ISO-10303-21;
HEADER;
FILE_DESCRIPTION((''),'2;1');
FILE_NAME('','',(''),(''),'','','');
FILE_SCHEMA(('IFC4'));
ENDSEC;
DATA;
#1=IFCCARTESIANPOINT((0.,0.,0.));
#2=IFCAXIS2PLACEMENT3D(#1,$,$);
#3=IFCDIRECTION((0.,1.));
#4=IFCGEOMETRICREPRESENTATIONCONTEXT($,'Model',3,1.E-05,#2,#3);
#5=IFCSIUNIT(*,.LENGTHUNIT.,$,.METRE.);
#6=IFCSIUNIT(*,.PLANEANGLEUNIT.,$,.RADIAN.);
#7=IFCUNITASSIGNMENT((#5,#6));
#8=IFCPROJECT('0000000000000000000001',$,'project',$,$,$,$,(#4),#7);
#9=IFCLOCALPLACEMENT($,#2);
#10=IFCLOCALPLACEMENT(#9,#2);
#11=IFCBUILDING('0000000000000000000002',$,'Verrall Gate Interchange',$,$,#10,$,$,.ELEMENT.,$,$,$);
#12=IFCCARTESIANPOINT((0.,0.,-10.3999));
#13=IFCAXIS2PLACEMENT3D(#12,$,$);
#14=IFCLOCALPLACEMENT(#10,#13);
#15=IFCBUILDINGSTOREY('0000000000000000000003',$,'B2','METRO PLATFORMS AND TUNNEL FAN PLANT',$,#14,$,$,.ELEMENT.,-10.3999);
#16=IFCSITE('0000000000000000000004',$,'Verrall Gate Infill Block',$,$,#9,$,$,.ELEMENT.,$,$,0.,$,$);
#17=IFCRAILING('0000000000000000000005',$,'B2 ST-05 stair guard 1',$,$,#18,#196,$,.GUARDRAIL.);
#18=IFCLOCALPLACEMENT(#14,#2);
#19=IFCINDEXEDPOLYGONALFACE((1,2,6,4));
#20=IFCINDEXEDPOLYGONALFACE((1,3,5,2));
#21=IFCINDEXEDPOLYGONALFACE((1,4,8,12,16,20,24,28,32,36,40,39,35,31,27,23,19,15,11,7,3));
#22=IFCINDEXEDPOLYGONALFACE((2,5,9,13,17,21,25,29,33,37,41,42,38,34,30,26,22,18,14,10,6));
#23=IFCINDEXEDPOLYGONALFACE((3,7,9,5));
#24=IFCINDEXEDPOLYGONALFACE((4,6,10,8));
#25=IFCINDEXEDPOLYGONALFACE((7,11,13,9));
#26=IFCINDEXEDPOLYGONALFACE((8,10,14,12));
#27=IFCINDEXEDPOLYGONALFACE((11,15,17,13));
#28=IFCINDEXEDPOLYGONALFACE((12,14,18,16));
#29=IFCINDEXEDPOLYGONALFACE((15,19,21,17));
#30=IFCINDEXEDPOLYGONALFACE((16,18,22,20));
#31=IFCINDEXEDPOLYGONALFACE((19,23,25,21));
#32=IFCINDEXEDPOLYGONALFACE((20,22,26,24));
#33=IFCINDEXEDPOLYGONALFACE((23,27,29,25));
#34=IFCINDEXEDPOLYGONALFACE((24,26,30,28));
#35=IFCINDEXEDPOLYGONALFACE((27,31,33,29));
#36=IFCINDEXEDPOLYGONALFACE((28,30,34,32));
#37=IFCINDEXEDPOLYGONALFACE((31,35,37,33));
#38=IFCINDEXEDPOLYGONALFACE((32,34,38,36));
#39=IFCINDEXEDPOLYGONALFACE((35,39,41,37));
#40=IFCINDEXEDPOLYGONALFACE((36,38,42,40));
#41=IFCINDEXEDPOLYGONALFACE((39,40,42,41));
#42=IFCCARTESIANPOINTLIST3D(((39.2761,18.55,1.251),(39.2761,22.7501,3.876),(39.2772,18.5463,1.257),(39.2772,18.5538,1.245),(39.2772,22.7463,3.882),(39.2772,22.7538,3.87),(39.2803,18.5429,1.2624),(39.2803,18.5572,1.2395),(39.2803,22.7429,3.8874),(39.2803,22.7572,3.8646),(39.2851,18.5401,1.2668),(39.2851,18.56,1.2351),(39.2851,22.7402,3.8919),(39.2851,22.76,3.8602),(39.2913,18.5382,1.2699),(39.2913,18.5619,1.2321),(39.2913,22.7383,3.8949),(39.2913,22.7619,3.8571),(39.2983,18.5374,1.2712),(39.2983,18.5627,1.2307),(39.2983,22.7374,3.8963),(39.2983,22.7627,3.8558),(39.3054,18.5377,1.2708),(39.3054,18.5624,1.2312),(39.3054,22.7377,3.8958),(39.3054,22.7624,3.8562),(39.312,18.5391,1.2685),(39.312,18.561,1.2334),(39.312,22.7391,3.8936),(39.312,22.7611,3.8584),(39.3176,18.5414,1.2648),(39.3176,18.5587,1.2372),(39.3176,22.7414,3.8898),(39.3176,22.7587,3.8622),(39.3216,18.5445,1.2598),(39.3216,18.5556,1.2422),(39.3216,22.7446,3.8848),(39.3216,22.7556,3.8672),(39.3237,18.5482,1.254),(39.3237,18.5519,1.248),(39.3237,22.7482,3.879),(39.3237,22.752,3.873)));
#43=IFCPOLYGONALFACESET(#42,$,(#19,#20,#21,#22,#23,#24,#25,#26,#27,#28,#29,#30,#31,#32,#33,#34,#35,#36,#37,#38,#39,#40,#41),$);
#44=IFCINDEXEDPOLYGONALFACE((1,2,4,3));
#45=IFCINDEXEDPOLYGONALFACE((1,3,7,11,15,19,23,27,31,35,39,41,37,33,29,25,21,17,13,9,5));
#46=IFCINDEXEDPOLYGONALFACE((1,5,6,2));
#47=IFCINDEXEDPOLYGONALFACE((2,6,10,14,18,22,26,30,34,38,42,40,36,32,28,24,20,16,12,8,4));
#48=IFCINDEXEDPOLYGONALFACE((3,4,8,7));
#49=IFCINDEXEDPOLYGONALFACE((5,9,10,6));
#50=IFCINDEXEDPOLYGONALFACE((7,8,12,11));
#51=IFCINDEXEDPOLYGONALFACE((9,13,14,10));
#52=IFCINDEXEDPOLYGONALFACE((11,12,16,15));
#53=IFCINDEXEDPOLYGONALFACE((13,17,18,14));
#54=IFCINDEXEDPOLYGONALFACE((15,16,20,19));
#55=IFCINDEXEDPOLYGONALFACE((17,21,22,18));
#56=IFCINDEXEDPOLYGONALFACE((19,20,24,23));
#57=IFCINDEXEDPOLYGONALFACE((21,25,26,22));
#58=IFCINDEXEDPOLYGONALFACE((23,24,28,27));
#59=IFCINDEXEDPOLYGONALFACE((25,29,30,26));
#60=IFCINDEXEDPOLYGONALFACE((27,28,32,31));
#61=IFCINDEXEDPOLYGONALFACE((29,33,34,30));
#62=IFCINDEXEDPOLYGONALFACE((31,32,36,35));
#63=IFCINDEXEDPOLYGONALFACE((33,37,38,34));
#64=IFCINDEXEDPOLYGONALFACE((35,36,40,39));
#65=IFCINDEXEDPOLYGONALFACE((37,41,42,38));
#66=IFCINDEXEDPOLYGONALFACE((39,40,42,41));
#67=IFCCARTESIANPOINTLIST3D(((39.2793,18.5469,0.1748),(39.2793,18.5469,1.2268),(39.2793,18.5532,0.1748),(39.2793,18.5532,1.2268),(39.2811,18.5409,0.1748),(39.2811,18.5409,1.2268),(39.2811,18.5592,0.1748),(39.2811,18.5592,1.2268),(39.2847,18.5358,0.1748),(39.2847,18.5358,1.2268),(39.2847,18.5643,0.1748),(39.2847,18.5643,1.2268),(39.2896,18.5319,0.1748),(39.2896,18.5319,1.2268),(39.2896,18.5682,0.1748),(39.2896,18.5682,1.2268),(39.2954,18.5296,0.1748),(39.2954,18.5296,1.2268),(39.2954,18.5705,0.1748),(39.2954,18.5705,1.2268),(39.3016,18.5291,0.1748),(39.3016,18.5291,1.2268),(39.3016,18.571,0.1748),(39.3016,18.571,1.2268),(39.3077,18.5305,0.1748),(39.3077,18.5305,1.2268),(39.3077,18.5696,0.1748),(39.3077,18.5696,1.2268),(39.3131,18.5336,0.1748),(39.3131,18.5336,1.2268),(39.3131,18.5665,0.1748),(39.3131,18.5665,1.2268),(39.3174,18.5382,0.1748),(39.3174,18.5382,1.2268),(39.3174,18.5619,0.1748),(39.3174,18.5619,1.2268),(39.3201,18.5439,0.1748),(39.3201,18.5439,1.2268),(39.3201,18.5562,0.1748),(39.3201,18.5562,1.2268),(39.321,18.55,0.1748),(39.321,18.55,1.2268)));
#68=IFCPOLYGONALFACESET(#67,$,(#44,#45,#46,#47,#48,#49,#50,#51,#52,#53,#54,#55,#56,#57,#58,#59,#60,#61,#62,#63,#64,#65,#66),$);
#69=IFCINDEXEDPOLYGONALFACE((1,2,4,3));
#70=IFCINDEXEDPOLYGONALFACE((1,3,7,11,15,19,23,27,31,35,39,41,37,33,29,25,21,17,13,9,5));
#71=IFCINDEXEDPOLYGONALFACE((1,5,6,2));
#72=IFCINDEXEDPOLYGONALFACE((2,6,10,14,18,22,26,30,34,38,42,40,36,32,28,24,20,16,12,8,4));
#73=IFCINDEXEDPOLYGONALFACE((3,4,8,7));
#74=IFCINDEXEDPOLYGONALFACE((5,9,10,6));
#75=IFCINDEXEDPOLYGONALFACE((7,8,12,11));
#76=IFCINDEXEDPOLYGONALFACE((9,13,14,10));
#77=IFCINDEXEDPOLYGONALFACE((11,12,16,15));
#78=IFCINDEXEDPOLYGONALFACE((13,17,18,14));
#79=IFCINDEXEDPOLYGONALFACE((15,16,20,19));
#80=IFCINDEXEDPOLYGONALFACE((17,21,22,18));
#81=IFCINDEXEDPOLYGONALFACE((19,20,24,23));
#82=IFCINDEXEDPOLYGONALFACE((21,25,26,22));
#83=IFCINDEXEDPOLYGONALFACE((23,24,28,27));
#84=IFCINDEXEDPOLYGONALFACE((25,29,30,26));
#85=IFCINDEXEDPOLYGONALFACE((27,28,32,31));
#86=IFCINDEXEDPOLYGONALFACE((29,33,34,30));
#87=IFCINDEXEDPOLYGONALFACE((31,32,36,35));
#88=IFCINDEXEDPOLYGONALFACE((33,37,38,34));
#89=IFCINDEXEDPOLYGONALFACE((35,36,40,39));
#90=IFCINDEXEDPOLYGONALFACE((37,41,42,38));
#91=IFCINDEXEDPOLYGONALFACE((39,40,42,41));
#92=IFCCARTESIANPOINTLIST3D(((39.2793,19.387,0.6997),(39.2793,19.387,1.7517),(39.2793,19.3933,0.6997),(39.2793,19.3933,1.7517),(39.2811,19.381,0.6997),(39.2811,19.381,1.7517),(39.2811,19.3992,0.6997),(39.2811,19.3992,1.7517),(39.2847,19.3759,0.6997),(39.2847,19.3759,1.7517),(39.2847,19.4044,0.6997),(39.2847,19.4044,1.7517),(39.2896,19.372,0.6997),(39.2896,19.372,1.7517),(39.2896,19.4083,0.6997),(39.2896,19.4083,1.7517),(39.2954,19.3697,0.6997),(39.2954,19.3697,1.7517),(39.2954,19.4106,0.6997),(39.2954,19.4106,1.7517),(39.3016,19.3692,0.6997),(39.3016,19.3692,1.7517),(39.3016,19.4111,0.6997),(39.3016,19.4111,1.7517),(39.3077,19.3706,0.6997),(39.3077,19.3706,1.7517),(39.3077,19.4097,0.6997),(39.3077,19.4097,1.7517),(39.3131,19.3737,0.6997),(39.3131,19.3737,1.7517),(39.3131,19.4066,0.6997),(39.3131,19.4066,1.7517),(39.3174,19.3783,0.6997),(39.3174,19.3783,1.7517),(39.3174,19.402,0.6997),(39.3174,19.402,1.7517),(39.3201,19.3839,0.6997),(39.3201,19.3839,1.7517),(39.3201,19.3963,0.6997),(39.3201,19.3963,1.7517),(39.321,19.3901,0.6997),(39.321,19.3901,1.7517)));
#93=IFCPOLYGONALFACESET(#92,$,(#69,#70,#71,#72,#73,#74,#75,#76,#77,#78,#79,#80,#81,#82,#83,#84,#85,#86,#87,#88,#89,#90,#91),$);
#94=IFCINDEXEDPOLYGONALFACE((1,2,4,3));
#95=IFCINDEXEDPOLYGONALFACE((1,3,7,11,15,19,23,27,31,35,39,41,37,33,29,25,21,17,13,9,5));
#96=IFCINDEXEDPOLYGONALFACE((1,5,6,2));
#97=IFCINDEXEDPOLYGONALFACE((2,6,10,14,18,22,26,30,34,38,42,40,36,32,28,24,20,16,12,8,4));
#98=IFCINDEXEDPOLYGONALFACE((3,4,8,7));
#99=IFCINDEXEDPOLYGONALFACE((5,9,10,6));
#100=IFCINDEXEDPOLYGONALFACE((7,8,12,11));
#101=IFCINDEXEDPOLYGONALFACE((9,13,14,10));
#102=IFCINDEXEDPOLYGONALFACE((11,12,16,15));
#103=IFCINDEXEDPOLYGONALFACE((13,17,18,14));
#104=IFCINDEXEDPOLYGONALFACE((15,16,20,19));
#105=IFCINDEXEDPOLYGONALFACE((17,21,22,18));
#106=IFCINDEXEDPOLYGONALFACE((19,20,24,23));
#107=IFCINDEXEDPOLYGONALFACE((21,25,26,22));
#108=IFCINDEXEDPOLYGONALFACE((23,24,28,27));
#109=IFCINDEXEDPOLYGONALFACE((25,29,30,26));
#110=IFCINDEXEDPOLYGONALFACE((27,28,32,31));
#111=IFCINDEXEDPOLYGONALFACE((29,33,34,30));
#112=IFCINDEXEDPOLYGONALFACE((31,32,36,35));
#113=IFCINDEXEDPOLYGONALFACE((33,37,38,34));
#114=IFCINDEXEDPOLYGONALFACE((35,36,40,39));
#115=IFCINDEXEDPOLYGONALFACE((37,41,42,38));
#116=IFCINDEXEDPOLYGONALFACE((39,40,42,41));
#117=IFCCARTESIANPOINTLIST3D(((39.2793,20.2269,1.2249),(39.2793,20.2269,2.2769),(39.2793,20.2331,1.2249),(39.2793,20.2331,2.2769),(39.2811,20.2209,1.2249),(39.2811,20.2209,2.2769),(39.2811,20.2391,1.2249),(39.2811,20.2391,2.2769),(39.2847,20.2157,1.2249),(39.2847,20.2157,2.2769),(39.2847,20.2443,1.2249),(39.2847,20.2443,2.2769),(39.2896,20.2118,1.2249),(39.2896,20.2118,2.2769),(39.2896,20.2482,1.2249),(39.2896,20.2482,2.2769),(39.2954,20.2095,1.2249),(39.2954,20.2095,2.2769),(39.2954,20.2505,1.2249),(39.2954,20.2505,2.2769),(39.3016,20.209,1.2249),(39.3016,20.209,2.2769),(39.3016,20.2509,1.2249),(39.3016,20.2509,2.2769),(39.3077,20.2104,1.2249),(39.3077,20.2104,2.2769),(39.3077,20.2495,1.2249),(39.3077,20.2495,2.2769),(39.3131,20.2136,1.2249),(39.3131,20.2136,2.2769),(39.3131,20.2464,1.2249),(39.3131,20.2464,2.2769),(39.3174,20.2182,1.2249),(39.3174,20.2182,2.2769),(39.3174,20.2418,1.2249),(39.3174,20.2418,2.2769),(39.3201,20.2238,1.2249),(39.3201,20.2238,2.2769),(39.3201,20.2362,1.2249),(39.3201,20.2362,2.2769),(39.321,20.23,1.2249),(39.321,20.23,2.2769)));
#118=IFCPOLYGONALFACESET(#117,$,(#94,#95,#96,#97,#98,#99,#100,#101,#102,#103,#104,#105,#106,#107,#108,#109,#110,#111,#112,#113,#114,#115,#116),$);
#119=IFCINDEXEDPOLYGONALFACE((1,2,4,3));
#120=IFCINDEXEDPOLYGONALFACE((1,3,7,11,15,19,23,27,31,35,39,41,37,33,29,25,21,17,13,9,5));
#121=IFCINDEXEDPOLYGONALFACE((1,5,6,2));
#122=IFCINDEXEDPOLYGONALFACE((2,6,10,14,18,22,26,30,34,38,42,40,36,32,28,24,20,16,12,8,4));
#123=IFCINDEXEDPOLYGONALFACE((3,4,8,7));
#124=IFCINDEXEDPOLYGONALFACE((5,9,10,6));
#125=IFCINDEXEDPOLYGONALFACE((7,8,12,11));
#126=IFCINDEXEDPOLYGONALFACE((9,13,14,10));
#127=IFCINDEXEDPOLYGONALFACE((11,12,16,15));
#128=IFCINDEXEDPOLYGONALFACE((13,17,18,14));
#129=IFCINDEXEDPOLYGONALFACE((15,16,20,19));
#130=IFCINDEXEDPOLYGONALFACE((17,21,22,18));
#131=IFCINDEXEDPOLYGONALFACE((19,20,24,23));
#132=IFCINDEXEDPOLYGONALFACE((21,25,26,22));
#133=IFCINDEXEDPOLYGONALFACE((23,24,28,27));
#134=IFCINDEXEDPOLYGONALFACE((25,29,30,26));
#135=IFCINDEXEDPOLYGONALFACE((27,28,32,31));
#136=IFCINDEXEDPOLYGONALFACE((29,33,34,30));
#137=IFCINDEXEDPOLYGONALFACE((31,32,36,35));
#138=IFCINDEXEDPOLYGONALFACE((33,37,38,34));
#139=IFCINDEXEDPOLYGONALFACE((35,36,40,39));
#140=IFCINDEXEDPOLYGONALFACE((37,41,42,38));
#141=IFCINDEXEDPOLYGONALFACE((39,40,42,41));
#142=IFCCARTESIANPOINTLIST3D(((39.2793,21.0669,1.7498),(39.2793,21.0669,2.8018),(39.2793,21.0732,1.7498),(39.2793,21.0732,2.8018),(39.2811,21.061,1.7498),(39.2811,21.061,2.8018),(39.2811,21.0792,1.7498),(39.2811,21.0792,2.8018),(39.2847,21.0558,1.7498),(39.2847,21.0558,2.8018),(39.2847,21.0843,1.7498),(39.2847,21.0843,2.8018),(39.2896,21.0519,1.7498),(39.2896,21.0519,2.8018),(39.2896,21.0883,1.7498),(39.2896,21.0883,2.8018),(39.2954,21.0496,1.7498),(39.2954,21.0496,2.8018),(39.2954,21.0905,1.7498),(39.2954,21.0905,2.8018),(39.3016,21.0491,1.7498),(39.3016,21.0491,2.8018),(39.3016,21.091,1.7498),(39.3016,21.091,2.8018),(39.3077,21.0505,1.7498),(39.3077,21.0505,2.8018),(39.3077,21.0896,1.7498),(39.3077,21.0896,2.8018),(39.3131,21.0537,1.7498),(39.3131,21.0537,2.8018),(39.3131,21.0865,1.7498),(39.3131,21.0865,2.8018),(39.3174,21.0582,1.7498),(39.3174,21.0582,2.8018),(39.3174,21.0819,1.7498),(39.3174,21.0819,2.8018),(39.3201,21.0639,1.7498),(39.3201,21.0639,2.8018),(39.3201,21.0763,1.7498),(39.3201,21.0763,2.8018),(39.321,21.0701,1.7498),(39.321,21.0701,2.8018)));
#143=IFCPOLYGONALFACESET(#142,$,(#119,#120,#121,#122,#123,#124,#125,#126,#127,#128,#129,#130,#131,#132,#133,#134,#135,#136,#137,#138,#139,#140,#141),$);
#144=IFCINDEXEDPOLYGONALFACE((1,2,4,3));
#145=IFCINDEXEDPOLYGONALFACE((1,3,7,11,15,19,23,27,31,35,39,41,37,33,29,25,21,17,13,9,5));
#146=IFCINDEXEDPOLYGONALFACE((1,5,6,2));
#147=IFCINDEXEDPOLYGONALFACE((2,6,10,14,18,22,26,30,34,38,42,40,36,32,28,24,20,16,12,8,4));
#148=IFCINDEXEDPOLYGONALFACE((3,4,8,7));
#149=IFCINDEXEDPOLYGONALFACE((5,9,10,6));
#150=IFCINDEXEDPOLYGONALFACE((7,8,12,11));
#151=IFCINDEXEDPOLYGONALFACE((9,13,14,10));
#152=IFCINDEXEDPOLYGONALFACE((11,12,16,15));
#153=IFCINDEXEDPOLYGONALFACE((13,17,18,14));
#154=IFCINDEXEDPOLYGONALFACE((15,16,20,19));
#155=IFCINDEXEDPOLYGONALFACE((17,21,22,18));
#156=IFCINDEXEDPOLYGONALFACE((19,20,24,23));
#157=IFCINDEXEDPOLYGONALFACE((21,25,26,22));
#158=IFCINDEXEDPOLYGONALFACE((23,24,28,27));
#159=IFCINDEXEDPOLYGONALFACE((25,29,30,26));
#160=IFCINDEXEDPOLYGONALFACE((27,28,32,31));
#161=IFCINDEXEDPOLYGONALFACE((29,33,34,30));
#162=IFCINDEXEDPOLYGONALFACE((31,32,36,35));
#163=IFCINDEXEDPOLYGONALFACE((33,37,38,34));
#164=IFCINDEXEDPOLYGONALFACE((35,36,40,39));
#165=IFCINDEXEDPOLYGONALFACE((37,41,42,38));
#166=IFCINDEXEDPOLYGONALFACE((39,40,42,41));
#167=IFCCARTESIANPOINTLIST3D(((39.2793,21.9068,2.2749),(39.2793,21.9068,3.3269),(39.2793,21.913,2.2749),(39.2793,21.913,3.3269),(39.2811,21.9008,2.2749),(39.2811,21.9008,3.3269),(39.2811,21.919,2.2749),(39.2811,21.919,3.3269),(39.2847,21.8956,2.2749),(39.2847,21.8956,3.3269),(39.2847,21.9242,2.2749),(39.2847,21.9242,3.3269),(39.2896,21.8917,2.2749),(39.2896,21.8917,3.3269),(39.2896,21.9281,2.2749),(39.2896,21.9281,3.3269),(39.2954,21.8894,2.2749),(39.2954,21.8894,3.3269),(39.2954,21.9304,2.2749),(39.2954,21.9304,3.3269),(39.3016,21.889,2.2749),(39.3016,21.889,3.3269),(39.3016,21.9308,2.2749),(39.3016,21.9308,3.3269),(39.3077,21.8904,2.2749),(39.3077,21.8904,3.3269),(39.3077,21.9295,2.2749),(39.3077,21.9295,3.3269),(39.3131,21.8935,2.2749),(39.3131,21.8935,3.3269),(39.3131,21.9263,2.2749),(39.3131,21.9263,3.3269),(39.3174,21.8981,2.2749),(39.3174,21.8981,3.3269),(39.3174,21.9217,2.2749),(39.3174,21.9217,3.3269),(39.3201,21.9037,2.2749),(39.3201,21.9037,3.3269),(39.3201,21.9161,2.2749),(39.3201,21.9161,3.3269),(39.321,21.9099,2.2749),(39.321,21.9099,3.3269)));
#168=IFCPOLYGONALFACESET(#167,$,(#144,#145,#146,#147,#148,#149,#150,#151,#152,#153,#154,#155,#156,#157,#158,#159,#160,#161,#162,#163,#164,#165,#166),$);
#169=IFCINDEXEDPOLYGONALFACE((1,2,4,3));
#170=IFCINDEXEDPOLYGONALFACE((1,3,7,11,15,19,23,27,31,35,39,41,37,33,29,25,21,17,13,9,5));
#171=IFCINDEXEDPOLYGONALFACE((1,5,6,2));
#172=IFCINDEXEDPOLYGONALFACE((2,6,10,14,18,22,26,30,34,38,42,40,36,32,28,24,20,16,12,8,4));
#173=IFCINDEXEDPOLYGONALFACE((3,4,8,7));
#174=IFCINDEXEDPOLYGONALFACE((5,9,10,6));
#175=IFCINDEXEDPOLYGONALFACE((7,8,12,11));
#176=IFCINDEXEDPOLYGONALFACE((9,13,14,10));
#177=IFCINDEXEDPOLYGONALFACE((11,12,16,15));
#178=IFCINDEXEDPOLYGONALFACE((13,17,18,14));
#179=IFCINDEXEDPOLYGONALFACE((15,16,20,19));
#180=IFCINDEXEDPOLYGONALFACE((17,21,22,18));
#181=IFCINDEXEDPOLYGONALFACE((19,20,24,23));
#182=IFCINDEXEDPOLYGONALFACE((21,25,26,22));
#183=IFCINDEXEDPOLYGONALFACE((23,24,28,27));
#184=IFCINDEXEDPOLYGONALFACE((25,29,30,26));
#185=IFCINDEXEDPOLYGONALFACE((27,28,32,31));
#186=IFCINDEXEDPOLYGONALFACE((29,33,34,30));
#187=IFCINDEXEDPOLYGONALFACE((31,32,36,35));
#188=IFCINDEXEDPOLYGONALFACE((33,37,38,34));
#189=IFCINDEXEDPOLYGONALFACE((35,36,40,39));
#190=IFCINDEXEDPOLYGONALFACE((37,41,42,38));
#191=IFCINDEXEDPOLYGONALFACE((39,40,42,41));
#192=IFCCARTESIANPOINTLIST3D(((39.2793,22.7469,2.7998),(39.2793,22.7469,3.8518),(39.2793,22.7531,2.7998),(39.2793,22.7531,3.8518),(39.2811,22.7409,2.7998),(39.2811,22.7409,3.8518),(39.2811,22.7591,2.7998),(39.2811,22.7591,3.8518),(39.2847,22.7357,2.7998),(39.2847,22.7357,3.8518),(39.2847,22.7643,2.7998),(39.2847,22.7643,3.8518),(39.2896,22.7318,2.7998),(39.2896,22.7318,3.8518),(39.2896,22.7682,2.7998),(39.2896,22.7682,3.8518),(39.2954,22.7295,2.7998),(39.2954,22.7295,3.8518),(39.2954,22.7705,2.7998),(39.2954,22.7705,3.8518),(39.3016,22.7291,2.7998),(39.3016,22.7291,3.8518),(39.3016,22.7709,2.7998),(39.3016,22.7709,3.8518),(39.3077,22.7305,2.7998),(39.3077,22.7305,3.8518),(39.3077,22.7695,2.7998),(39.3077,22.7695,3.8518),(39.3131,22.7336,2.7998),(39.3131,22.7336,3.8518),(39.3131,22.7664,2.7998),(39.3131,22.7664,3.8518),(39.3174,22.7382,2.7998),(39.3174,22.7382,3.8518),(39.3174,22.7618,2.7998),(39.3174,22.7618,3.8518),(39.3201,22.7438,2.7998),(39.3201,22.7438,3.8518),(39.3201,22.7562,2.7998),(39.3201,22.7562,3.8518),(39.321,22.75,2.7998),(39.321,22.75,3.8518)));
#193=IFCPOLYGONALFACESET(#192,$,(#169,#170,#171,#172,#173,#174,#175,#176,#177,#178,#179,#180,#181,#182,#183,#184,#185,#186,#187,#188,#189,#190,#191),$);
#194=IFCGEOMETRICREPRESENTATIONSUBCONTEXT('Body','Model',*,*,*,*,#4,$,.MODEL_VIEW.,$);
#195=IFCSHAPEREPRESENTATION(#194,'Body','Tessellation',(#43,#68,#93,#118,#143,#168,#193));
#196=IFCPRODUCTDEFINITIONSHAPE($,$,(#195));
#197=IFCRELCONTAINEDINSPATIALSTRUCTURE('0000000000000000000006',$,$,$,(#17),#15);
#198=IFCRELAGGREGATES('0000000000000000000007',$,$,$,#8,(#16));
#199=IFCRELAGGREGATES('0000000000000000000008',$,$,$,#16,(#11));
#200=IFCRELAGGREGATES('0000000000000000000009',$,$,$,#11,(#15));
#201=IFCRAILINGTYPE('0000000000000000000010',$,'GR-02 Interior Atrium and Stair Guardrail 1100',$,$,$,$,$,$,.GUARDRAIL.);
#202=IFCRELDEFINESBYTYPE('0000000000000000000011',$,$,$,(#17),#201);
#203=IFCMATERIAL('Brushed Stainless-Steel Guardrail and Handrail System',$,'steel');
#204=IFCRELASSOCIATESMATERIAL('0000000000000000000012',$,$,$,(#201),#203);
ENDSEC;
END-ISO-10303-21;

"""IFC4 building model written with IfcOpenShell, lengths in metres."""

from ifc_helpers import new_model, si_unit, direction, frame, origin, origin_2d, place, context, subcontext, project, spatial, circle, extrude, material, type_object, element, save


model = new_model("IFC4")

# Units and contexts
model_context = context("Model", 3, precision=1e-05, world=origin(), true_north=direction((0.0, 1.0)))
body_context = subcontext(model_context, "Body", "Model", "MODEL_VIEW")
ifc_project = project(units=[si_unit("LENGTHUNIT", "METRE"), si_unit("PLANEANGLEUNIT", "RADIAN")], contexts=[model_context])

# Site, building, storey
site_placement = place(None, origin())
site = spatial("IfcSite", under=ifc_project, at=site_placement, Name="Verrall Gate Infill Block", CompositionType="ELEMENT", RefElevation=0.0)
building_placement = place(site_placement, origin())
building = spatial("IfcBuilding", under=site, at=building_placement, Name="Verrall Gate Interchange", CompositionType="ELEMENT")
storey_placement = place(building_placement, frame((0.0, 0.0, -10.3999)))
storey = spatial("IfcBuildingStorey", under=building, at=storey_placement, Name="B2", Description="METRO PLATFORMS AND TUNNEL FAN PLANT", CompositionType="ELEMENT", Elevation=-10.3999)

# Railing
ifc_material_1 = material(Name="Brushed Stainless-Steel Guardrail and Handrail System", Category="steel")
railing_type_1 = type_object("IfcRailingType", Name="GR-02 Interior Atrium and Stair Guardrail 1100", PredefinedType="GUARDRAIL", material=ifc_material_1)
railing_1_placement = place(storey_placement, frame((39.3, 18.55, 0.1748)))
element("IfcRailing", 1, at=railing_1_placement, inside=storey, type_object=railing_type_1, Name="B2 ST-05 stair guard 1", PredefinedType="GUARDRAIL", context=body_context, shape_type="SweptSolid", body=[
    extrude(circle(Radius=0.0239, at=origin_2d()), frame((0.0, 0.0, 1.0762), z_axis=(0.0, 0.847996, 0.530003), x_axis=(-1.0, 0.0, 0.0)), (0.0, 0.0, 1.0), 4.9529),
    extrude(circle(Radius=0.021, at=origin_2d()), origin(), (0.0, 0.0, 1.0), 1.052),
    extrude(circle(Radius=0.021, at=origin_2d()), frame((0.0, 0.8401, 0.5249)), (0.0, 0.0, 1.0), 1.052),
    extrude(circle(Radius=0.021, at=origin_2d()), frame((0.0, 1.6799, 1.05)), (0.0, 0.0, 1.0), 1.052),
    extrude(circle(Radius=0.021, at=origin_2d()), frame((0.0, 2.52, 1.575)), (0.0, 0.0, 1.0), 1.052),
    extrude(circle(Radius=0.021, at=origin_2d()), frame((0.0, 3.3599, 2.1001)), (0.0, 0.0, 1.0), 1.052),
    extrude(circle(Radius=0.021, at=origin_2d()), frame((0.0, 4.2, 2.625)), (0.0, 0.0, 1.0), 1.052),
])

save(model, "model.ifc")
